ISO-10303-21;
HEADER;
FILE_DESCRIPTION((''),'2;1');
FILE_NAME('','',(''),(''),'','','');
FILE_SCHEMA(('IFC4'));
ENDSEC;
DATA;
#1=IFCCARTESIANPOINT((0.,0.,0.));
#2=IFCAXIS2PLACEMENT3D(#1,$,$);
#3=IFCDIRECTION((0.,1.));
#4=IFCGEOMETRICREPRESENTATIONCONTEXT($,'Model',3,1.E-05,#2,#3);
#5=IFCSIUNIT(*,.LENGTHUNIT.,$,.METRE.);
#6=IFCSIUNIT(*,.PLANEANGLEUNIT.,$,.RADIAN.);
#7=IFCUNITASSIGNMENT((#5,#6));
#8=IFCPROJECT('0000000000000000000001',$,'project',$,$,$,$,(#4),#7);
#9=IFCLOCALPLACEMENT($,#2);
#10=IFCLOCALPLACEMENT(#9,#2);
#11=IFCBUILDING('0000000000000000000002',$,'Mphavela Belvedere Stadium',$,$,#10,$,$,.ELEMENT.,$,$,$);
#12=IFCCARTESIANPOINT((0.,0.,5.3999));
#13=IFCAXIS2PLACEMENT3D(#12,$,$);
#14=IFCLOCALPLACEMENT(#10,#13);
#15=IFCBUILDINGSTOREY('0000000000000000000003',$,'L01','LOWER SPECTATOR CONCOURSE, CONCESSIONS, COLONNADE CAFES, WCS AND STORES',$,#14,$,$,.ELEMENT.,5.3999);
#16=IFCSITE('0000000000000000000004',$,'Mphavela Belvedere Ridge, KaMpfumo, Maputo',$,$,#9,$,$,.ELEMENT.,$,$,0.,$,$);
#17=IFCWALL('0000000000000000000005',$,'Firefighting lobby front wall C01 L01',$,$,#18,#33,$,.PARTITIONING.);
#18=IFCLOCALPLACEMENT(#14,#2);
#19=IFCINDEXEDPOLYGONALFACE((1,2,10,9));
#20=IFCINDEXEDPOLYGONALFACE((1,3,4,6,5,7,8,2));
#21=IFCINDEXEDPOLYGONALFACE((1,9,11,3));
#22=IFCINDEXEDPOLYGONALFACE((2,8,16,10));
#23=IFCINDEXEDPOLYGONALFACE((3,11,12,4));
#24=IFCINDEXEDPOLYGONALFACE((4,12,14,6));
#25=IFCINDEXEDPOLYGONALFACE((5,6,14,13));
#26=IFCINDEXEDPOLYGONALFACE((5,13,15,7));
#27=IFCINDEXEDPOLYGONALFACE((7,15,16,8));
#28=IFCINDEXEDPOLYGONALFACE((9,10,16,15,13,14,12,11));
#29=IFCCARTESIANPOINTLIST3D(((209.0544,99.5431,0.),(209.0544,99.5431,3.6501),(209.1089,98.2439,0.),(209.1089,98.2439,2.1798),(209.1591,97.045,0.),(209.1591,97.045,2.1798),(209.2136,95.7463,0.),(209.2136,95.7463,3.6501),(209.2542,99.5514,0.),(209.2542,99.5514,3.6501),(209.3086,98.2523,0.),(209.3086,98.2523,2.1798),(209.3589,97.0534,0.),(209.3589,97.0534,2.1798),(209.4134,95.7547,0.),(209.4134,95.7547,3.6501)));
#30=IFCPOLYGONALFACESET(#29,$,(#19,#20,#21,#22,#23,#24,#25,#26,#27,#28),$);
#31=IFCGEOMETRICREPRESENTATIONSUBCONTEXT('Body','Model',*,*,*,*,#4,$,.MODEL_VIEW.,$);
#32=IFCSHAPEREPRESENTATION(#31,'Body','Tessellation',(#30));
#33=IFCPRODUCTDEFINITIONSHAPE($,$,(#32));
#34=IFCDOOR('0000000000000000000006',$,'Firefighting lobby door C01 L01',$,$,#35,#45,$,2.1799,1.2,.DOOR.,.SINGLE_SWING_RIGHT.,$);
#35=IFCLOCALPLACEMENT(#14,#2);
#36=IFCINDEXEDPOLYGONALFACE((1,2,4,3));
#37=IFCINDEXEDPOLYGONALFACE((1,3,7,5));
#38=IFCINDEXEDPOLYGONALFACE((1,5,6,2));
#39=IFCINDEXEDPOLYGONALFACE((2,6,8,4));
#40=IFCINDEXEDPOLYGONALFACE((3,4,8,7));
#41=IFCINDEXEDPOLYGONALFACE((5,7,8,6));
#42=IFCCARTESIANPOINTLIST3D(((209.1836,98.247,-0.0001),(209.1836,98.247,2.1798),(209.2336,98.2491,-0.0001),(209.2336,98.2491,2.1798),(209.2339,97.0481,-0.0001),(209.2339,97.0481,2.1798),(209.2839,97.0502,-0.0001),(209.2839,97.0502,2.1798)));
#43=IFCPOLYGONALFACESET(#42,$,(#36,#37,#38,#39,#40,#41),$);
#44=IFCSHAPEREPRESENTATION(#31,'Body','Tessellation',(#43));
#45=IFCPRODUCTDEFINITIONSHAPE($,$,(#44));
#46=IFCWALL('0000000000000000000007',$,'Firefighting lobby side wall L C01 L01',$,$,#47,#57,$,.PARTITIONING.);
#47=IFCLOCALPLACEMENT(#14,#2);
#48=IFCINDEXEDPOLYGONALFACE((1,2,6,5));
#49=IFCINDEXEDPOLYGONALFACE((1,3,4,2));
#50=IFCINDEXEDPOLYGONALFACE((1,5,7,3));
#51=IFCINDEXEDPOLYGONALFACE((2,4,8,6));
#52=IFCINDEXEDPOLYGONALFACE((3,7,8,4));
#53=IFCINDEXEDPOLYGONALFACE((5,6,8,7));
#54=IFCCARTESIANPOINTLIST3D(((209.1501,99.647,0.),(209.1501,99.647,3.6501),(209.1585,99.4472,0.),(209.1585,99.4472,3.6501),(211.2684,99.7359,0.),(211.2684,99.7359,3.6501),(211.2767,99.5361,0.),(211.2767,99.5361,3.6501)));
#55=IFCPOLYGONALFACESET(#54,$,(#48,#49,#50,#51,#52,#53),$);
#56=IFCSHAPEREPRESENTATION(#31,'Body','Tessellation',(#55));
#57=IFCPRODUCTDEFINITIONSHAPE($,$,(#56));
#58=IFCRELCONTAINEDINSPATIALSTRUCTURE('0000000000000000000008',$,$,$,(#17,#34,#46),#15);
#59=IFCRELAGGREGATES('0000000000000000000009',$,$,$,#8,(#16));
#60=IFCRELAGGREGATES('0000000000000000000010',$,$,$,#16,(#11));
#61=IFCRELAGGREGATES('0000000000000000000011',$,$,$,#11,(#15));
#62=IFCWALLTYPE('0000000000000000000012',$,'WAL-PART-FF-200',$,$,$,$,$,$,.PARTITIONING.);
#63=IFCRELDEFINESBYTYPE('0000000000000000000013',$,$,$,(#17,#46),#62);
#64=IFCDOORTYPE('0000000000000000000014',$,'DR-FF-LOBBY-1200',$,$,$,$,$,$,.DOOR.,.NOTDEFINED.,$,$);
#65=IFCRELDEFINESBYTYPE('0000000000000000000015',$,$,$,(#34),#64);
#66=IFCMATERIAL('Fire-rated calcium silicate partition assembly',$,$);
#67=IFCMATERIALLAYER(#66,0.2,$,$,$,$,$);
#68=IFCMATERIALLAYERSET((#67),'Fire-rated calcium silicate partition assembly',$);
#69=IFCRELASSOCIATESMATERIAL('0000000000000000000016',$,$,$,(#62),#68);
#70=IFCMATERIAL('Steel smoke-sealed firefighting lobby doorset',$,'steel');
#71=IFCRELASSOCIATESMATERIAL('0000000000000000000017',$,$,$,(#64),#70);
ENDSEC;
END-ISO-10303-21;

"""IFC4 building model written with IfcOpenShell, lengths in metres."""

from ifc_helpers import new_model, si_unit, direction, frame, frame_2d, origin, place, context, subcontext, project, spatial, rectangle, extrude, material, layer, layer_set, type_object, element, fill, save


model = new_model("IFC4")

# Units and contexts
model_context = context("Model", 3, precision=1e-05, world=origin(), true_north=direction((0.0, 1.0)))
body_context = subcontext(model_context, "Body", "Model", "MODEL_VIEW")
ifc_project = project(units=[si_unit("LENGTHUNIT", "METRE"), si_unit("PLANEANGLEUNIT", "RADIAN")], contexts=[model_context])

# Site, building, storey
site_placement = place(None, origin())
site = spatial("IfcSite", under=ifc_project, at=site_placement, Name="Mphavela Belvedere Ridge, KaMpfumo, Maputo", CompositionType="ELEMENT", RefElevation=0.0)
building_placement = place(site_placement, origin())
building = spatial("IfcBuilding", under=site, at=building_placement, Name="Mphavela Belvedere Stadium", CompositionType="ELEMENT")
storey_placement = place(building_placement, frame((0.0, 0.0, 5.3999)))
storey = spatial("IfcBuildingStorey", under=building, at=storey_placement, Name="L01", Description="LOWER SPECTATOR CONCOURSE, CONCESSIONS, COLONNADE CAFES, WCS AND STORES", CompositionType="ELEMENT", Elevation=5.3999)

# Wall, opening, door
ifc_material_1 = material(Name="Fire-rated calcium silicate partition assembly")
ifc_layer_1 = layer(ifc_material_1, 0.2)
ifc_layer_set_1 = layer_set([ifc_layer_1], Name="Fire-rated calcium silicate partition assembly")
wall_type_1 = type_object("IfcWallType", Name="WAL-PART-FF-200", PredefinedType="PARTITIONING", material=ifc_layer_set_1)
wall_1_placement = place(storey_placement, frame((209.1543, 99.5471, 0.0), z_axis=(0.0, 0.0, 1.0), x_axis=(0.04189, -0.999122, 0.0)))
wall_1 = element("IfcWall", 1, at=wall_1_placement, inside=storey, type_object=wall_type_1, Name="Firefighting lobby front wall C01 L01", PredefinedType="PARTITIONING", context=body_context, shape_type="SweptSolid", body=[
    extrude(rectangle(XDim=3.8, YDim=0.2, at=frame_2d((1.8999, 0.0))), origin(), (0.0, 0.0, 1.0), 3.6501),
])
opening_1_placement = place(wall_1_placement, frame((1.3, 0.0, 0.0)))
opening_1 = element("IfcOpeningElement", 2, at=opening_1_placement, cuts=wall_1, PredefinedType="OPENING", context=body_context, shape_type="SweptSolid", body=[
    extrude(rectangle(XDim=1.2, YDim=2.1799, at=frame_2d((0.6001, 1.0898))), frame((0.0, 0.1099, 0.0), z_axis=(0.0, -1.0, 0.0), x_axis=(1.0, 0.0, 0.0)), (0.0, 0.0, 1.0), 0.22),
])
ifc_material_2 = material(Name="Steel smoke-sealed firefighting lobby doorset", Category="steel")
door_type_1 = type_object("IfcDoorType", Name="DR-FF-LOBBY-1200", OperationType="NOTDEFINED", PredefinedType="DOOR", material=ifc_material_2)
door_1_placement = place(opening_1_placement, origin())
door_1 = element("IfcDoor", 3, at=door_1_placement, inside=storey, type_object=door_type_1, Name="Firefighting lobby door C01 L01", OperationType="SINGLE_SWING_RIGHT", OverallHeight=2.1799, OverallWidth=1.2, PredefinedType="DOOR", context=body_context, shape_type="SweptSolid", body=[
    extrude(rectangle(XDim=1.2, YDim=2.1799, at=frame_2d((0.6001, 1.0898))), frame((0.0, 0.0249, 0.0), z_axis=(0.0, -1.0, 0.0), x_axis=(1.0, 0.0, 0.0)), (0.0, 0.0, 1.0), 0.05),
])
fill(opening_1, door_1)

# Wall
wall_2_placement = place(storey_placement, frame((209.1543, 99.5471, 0.0), z_axis=(0.0, 0.0, 1.0), x_axis=(0.999121, 0.041918, 0.0)))
element("IfcWall", 4, at=wall_2_placement, inside=storey, type_object=wall_type_1, Name="Firefighting lobby side wall L C01 L01", PredefinedType="PARTITIONING", context=body_context, shape_type="SweptSolid", body=[
    extrude(rectangle(XDim=2.1201, YDim=0.2, at=frame_2d((1.0601, 0.0))), origin(), (0.0, 0.0, 1.0), 3.6501),
])

save(model, "model.ifc")
